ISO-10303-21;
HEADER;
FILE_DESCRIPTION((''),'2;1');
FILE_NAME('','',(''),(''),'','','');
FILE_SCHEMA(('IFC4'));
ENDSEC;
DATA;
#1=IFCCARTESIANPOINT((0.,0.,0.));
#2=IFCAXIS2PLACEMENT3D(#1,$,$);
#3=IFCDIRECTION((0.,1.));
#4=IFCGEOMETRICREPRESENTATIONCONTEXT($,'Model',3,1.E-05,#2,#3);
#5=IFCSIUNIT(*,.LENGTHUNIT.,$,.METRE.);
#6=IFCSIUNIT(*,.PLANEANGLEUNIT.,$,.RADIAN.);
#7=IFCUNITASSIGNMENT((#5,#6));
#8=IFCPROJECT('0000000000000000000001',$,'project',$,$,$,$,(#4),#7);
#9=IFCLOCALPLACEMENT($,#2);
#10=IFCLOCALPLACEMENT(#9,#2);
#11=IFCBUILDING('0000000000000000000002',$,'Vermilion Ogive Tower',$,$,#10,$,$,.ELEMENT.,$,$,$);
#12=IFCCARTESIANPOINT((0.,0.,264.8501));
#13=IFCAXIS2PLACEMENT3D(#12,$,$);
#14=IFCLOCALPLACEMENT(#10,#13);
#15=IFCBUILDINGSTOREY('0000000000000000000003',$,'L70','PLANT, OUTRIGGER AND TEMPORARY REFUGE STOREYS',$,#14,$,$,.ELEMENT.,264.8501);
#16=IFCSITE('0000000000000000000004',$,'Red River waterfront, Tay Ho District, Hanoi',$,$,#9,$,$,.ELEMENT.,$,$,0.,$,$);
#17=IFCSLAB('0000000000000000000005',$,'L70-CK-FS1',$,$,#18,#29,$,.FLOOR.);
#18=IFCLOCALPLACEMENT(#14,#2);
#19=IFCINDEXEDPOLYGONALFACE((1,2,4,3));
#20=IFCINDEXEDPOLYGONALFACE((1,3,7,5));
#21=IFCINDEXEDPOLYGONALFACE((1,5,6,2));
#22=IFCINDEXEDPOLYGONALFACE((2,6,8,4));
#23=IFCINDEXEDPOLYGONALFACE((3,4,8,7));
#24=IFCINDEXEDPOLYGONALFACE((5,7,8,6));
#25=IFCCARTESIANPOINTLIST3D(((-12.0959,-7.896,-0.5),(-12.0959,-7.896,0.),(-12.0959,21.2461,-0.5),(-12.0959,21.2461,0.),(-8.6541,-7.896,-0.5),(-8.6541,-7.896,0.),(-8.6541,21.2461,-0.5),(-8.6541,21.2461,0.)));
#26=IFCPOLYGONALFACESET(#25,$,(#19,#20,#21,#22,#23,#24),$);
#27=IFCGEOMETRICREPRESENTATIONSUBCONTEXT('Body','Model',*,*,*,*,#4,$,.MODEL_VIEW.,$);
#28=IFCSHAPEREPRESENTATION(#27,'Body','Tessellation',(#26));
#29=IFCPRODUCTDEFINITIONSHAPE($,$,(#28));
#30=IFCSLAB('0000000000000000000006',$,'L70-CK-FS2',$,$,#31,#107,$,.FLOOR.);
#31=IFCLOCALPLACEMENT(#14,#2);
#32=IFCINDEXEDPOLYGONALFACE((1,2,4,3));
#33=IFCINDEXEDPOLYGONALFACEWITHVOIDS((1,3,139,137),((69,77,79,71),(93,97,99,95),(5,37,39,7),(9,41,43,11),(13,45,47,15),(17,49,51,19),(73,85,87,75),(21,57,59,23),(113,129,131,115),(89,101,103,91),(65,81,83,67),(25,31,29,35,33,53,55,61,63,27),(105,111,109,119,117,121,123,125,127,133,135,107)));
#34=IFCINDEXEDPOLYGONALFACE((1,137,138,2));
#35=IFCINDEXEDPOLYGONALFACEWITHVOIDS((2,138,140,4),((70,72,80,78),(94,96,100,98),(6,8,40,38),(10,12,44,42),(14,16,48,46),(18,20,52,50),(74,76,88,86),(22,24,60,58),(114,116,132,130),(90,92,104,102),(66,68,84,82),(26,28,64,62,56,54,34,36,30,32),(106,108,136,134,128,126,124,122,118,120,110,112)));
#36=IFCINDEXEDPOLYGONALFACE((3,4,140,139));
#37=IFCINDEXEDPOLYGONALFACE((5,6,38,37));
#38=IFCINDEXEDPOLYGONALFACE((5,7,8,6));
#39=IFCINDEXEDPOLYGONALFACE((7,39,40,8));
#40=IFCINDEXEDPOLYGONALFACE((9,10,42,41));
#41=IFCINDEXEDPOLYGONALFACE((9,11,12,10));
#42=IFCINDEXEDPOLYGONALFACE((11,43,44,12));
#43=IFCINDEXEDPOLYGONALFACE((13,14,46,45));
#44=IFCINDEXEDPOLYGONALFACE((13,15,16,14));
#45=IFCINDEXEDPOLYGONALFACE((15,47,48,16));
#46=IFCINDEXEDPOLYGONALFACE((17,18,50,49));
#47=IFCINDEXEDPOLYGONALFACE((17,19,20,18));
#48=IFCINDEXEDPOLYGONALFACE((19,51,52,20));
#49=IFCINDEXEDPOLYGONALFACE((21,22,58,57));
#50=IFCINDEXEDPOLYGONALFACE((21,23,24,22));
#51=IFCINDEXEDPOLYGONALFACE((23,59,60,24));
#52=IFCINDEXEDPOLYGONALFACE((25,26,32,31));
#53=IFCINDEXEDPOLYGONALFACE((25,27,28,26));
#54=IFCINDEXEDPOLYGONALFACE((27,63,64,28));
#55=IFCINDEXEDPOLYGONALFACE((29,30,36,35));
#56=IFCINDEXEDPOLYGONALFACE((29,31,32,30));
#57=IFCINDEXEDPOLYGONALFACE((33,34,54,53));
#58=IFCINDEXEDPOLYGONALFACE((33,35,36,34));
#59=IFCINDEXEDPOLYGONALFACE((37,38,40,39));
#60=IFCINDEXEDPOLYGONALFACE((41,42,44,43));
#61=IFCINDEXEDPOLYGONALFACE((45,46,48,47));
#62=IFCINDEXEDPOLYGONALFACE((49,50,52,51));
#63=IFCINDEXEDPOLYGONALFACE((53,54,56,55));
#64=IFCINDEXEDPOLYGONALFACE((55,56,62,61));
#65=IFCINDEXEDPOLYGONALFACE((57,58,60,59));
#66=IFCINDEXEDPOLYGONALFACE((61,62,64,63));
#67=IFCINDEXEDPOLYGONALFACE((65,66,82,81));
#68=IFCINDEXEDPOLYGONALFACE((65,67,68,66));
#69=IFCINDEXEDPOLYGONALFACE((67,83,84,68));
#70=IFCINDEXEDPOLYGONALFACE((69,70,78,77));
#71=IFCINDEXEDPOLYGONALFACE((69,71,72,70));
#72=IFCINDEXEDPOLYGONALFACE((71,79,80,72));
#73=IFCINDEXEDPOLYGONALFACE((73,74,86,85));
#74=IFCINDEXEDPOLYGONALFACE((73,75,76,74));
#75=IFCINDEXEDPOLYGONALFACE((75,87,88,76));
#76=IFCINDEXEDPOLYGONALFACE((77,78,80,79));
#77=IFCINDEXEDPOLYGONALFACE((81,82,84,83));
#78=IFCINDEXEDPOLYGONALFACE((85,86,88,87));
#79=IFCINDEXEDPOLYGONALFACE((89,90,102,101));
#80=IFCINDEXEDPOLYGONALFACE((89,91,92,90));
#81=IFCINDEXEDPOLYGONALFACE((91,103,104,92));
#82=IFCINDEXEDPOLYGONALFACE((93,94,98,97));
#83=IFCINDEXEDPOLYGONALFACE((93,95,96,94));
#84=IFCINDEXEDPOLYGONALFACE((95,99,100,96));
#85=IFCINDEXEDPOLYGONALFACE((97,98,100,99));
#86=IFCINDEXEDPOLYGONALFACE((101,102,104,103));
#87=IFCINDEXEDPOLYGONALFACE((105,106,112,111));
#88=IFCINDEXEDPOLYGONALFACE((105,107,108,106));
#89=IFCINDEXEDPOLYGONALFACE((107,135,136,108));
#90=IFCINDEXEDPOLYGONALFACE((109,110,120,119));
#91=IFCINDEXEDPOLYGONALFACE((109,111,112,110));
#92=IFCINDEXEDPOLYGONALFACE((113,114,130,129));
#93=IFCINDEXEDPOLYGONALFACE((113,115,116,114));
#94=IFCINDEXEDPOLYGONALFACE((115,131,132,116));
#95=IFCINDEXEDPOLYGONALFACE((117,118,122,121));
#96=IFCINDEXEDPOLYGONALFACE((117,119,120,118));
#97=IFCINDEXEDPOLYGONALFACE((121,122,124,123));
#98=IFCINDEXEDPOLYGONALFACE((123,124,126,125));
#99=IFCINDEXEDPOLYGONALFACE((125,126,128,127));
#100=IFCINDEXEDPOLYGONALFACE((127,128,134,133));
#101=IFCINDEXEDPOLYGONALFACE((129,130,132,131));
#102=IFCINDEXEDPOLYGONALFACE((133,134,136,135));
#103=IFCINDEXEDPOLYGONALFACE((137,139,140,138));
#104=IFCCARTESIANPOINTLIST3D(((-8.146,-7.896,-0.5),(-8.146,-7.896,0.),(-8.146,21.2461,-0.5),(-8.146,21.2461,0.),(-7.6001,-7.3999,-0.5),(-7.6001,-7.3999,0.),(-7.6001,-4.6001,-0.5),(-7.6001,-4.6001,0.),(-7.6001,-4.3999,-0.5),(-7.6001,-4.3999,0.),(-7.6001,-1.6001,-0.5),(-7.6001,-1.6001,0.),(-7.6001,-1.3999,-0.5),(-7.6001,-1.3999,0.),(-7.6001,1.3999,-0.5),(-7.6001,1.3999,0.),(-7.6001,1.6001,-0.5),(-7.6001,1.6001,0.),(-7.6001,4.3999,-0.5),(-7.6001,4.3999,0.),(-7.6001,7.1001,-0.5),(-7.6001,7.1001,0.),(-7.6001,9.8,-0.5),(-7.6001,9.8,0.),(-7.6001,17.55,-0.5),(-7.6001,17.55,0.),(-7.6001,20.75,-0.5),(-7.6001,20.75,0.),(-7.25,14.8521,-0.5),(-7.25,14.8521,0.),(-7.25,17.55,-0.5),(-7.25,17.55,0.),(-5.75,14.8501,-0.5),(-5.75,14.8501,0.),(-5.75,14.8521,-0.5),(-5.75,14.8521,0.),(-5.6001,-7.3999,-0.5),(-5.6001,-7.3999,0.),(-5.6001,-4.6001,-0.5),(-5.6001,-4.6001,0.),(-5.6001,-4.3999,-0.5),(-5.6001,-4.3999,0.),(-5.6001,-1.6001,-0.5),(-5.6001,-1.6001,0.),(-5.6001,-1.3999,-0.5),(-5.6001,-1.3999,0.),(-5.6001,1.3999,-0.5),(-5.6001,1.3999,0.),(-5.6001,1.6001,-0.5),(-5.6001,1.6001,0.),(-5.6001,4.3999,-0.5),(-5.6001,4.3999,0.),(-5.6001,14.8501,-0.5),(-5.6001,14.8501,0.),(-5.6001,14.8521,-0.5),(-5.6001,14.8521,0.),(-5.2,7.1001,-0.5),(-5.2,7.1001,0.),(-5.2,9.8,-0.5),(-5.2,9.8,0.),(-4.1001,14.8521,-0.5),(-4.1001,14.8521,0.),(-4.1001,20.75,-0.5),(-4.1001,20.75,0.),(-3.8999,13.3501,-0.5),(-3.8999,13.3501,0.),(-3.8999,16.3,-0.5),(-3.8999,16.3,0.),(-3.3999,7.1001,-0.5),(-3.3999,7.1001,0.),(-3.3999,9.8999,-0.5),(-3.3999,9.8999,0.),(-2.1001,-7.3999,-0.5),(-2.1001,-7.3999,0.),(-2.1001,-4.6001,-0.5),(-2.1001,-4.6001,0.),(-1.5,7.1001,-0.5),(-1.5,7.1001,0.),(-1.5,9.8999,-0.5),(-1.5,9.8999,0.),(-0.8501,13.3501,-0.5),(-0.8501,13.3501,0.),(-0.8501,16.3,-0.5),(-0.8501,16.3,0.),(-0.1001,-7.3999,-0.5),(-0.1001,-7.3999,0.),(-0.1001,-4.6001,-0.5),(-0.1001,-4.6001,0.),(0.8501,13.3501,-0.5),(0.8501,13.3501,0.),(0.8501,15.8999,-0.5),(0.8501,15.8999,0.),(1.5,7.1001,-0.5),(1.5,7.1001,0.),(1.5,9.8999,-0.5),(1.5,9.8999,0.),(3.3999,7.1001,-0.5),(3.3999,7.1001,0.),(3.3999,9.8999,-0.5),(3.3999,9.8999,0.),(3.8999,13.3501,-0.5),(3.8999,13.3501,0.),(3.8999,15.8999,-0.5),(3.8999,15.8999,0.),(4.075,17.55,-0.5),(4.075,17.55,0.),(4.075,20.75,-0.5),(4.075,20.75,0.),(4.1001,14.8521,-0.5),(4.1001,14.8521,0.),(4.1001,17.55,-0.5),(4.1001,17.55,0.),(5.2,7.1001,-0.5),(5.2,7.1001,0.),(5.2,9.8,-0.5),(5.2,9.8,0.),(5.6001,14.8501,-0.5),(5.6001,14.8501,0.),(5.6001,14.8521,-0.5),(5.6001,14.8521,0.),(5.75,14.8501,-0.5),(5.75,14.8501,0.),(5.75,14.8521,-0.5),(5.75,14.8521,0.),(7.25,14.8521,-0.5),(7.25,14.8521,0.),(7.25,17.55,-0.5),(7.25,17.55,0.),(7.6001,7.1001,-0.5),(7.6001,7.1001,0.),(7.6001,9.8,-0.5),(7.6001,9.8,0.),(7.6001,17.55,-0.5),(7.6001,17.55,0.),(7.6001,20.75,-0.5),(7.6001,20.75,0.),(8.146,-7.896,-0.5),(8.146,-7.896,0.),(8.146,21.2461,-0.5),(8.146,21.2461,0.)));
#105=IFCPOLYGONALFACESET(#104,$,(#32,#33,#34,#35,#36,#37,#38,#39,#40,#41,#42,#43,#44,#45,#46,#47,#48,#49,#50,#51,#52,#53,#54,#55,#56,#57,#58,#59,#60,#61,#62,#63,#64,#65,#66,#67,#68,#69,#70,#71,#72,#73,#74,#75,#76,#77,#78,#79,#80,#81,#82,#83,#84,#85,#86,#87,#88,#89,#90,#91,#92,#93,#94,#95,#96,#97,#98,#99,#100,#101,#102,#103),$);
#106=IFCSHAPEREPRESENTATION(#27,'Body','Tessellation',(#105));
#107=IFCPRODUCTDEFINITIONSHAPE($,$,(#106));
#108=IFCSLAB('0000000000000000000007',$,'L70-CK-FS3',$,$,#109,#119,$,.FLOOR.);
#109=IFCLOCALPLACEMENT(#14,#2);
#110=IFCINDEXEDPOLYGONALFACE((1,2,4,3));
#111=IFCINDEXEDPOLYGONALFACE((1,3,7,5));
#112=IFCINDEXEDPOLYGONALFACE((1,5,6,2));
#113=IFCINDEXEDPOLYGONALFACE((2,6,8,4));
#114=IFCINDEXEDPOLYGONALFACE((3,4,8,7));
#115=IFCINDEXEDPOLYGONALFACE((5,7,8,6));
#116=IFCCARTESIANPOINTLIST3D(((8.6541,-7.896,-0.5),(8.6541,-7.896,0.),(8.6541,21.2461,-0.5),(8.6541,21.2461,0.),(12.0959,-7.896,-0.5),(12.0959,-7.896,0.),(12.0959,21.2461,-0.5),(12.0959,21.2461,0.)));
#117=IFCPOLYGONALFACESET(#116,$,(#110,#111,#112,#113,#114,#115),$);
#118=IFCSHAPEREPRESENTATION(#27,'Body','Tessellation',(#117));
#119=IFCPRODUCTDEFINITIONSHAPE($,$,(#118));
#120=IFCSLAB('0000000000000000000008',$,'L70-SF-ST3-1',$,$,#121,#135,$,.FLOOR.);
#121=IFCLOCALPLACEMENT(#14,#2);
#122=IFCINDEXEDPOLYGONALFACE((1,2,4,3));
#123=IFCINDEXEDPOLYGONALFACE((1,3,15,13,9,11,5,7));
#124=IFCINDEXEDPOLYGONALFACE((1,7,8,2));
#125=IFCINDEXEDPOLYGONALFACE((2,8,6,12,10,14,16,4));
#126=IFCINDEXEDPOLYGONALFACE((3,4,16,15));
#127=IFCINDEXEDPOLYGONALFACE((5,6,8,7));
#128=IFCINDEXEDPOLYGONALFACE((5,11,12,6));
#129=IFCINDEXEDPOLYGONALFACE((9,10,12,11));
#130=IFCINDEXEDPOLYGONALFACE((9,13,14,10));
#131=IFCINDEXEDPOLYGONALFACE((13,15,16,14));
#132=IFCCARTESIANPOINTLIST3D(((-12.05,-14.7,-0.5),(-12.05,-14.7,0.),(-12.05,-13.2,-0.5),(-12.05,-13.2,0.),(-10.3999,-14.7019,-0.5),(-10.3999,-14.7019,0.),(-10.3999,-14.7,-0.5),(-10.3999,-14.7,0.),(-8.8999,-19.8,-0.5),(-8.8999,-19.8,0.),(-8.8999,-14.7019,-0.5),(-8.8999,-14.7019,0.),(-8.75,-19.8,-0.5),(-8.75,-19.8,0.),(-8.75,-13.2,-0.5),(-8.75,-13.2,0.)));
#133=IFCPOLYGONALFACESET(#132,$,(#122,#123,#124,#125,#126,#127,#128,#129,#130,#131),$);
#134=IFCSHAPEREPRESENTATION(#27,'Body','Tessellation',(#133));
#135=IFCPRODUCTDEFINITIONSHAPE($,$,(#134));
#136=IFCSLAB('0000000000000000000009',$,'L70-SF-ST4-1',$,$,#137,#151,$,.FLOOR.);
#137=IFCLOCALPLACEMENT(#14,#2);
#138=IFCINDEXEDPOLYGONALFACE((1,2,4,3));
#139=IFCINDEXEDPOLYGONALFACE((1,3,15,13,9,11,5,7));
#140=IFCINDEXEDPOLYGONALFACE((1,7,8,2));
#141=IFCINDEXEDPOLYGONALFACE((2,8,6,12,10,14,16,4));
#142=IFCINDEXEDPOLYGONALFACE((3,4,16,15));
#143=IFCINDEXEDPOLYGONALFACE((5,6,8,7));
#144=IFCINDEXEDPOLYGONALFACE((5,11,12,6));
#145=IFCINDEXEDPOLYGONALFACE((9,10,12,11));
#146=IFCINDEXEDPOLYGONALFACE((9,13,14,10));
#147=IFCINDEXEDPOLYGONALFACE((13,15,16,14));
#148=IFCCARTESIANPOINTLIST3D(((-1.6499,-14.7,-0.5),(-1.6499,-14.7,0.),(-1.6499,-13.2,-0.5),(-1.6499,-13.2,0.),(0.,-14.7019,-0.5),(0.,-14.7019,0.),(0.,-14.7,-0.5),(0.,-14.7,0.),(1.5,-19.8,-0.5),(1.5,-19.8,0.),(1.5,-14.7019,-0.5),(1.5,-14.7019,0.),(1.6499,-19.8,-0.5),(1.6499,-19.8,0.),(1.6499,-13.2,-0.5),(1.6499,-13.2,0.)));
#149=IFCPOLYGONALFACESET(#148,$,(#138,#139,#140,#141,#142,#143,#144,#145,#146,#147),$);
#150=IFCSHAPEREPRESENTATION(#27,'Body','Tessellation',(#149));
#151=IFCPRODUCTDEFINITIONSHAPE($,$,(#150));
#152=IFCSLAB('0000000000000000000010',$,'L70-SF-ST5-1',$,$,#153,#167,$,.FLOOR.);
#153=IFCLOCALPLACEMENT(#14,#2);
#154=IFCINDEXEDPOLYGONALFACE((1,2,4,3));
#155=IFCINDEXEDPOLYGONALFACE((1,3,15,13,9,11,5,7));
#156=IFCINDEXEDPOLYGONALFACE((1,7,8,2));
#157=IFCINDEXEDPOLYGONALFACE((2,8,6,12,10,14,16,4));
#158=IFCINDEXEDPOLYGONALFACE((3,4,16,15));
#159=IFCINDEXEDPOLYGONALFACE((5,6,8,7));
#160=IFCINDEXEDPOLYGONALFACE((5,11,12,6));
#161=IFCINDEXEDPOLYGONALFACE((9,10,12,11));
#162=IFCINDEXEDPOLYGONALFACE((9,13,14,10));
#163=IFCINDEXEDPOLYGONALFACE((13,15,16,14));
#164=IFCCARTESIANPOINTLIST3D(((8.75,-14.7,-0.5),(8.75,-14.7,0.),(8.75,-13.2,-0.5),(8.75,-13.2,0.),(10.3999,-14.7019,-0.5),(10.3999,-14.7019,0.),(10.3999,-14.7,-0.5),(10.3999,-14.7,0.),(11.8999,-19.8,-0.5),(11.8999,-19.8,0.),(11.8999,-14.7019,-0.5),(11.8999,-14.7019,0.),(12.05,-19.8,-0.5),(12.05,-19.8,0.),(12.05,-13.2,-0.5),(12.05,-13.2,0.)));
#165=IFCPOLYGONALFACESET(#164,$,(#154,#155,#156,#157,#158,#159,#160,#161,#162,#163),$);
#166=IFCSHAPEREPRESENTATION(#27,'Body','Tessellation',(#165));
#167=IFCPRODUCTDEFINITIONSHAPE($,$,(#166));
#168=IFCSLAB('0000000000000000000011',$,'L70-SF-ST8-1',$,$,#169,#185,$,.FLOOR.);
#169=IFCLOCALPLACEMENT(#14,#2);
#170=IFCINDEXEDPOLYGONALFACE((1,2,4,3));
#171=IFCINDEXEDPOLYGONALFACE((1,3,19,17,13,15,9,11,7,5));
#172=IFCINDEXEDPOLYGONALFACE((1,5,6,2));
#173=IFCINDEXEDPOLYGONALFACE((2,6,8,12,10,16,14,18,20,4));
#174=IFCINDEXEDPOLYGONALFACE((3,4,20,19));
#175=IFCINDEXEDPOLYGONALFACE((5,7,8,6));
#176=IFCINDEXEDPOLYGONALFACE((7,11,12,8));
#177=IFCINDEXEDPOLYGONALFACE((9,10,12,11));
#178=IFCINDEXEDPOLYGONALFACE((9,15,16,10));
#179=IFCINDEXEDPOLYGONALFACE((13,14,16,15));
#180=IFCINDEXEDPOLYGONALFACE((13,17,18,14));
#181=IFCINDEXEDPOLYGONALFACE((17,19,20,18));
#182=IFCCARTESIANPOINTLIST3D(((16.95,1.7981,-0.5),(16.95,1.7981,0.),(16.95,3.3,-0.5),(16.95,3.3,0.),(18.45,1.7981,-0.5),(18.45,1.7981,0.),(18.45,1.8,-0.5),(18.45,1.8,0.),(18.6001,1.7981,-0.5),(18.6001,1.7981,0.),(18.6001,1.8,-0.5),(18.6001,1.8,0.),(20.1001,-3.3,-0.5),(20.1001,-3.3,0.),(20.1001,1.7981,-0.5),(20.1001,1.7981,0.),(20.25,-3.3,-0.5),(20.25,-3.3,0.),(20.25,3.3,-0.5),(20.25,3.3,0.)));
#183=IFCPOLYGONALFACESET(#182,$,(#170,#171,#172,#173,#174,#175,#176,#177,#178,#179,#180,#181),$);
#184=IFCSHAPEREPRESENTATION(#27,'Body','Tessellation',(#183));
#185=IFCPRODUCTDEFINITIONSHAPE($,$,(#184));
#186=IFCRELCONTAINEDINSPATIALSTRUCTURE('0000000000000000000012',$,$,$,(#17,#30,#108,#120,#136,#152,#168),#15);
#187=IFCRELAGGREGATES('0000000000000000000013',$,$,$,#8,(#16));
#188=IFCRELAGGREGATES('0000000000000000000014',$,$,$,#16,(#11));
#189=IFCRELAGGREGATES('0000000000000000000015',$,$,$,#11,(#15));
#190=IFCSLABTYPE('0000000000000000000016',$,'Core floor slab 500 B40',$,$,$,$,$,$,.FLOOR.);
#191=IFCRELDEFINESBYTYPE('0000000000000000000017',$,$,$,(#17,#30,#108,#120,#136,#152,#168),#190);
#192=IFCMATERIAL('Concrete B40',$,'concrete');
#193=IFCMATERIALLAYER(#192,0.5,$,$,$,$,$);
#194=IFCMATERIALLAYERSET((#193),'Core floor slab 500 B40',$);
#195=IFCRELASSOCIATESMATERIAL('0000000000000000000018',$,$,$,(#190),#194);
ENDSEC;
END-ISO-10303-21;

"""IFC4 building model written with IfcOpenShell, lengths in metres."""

from ifc_helpers import new_model, si_unit, direction, frame, origin, place, context, subcontext, project, spatial, polyline, outline, extrude, material, layer, layer_set, type_object, element, save


model = new_model("IFC4")

# Units and contexts
model_context = context("Model", 3, precision=1e-05, world=origin(), true_north=direction((0.0, 1.0)))
body_context = subcontext(model_context, "Body", "Model", "MODEL_VIEW")
ifc_project = project(units=[si_unit("LENGTHUNIT", "METRE"), si_unit("PLANEANGLEUNIT", "RADIAN")], contexts=[model_context])

# Site, building, storey
site_placement = place(None, origin())
site = spatial("IfcSite", under=ifc_project, at=site_placement, Name="Red River waterfront, Tay Ho District, Hanoi", CompositionType="ELEMENT", RefElevation=0.0)
building_placement = place(site_placement, origin())
building = spatial("IfcBuilding", under=site, at=building_placement, Name="Vermilion Ogive Tower", CompositionType="ELEMENT")
storey_placement = place(building_placement, frame((0.0, 0.0, 264.8501)))
storey = spatial("IfcBuildingStorey", under=building, at=storey_placement, Name="L70", Description="PLANT, OUTRIGGER AND TEMPORARY REFUGE STOREYS", CompositionType="ELEMENT", Elevation=264.8501)

# Slabs
ifc_material_1 = material(Name="Concrete B40", Category="concrete")
ifc_layer_1 = layer(ifc_material_1, 0.5)
ifc_layer_set_1 = layer_set([ifc_layer_1], Name="Core floor slab 500 B40")
slab_type_1 = type_object("IfcSlabType", Name="Core floor slab 500 B40", PredefinedType="FLOOR", material=ifc_layer_set_1)
slab_1_placement = place(storey_placement, frame((0.0, 0.0, -0.5)))
element("IfcSlab", 1, at=slab_1_placement, inside=storey, type_object=slab_type_1, Name="L70-CK-FS1", PredefinedType="FLOOR", context=body_context, shape_type="SweptSolid", body=[
    extrude(outline(polyline([(-8.6541, 21.2461), (-8.6541, -7.896), (-12.0959, -7.896), (-12.0959, 21.2461), (-8.6541, 21.2461)])), origin(), (0.0, 0.0, 1.0), 0.5),
])
slab_2_placement = place(storey_placement, frame((0.0, 0.0, -0.5)))
element("IfcSlab", 2, at=slab_2_placement, inside=storey, type_object=slab_type_1, Name="L70-CK-FS2", PredefinedType="FLOOR", context=body_context, shape_type="SweptSolid", body=[
    extrude(outline(polyline([(-8.146, -7.896), (8.146, -7.896), (8.146, 21.2461), (-8.146, 21.2461), (-8.146, -7.896)]), holes=[polyline([(-7.6001, -7.3999), (-7.6001, -4.6001), (-5.6001, -4.6001), (-5.6001, -7.3999), (-7.6001, -7.3999)]), polyline([(-7.6001, -4.3999), (-7.6001, -1.6001), (-5.6001, -1.6001), (-5.6001, -4.3999), (-7.6001, -4.3999)]), polyline([(-7.6001, -1.3999), (-7.6001, 1.3999), (-5.6001, 1.3999), (-5.6001, -1.3999), (-7.6001, -1.3999)]), polyline([(-7.6001, 1.6001), (-7.6001, 4.3999), (-5.6001, 4.3999), (-5.6001, 1.6001), (-7.6001, 1.6001)]), polyline([(-7.6001, 7.1001), (-7.6001, 9.8), (-5.2, 9.8), (-5.2, 7.1001), (-7.6001, 7.1001)]), polyline([(-3.3999, 9.8999), (-1.5, 9.8999), (-1.5, 7.1001), (-3.3999, 7.1001), (-3.3999, 9.8999)]), polyline([(-7.6001, 17.55), (-7.6001, 20.75), (-4.1001, 20.75), (-4.1001, 14.8521), (-5.6001, 14.8521), (-5.6001, 14.8501), (-5.75, 14.8501), (-5.75, 14.8521), (-7.25, 14.8521), (-7.25, 17.55), (-7.6001, 17.55)]), polyline([(-2.1001, -7.3999), (-2.1001, -4.6001), (-0.1001, -4.6001), (-0.1001, -7.3999), (-2.1001, -7.3999)]), polyline([(5.2, 7.1001), (5.2, 9.8), (7.6001, 9.8), (7.6001, 7.1001), (5.2, 7.1001)]), polyline([(1.5, 7.1001), (1.5, 9.8999), (3.3999, 9.8999), (3.3999, 7.1001), (1.5, 7.1001)]), polyline([(0.8501, 13.3501), (0.8501, 15.8999), (3.8999, 15.8999), (3.8999, 13.3501), (0.8501, 13.3501)]), polyline([(-3.8999, 16.3), (-0.8501, 16.3), (-0.8501, 13.3501), (-3.8999, 13.3501), (-3.8999, 16.3)]), polyline([(5.75, 14.8501), (5.6001, 14.8501), (5.6001, 14.8521), (4.1001, 14.8521), (4.1001, 17.55), (4.075, 17.55), (4.075, 20.75), (7.6001, 20.75), (7.6001, 17.55), (7.25, 17.55), (7.25, 14.8521), (5.75, 14.8521), (5.75, 14.8501)])]), origin(), (0.0, 0.0, 1.0), 0.5),
])
slab_3_placement = place(storey_placement, frame((0.0, 0.0, -0.5)))
element("IfcSlab", 3, at=slab_3_placement, inside=storey, type_object=slab_type_1, Name="L70-CK-FS3", PredefinedType="FLOOR", context=body_context, shape_type="SweptSolid", body=[
    extrude(outline(polyline([(8.6541, 21.2461), (12.0959, 21.2461), (12.0959, -7.896), (8.6541, -7.896), (8.6541, 21.2461)])), origin(), (0.0, 0.0, 1.0), 0.5),
])
slab_4_placement = place(storey_placement, frame((0.0, 0.0, -0.5)))
element("IfcSlab", 4, at=slab_4_placement, inside=storey, type_object=slab_type_1, Name="L70-SF-ST3-1", PredefinedType="FLOOR", context=body_context, shape_type="SweptSolid", body=[
    extrude(outline(polyline([(-8.75, -13.2), (-12.05, -13.2), (-12.05, -14.7), (-10.3999, -14.7), (-10.3999, -14.7019), (-8.8999, -14.7019), (-8.8999, -19.8), (-8.75, -19.8), (-8.75, -13.2)])), origin(), (0.0, 0.0, 1.0), 0.5),
])
slab_5_placement = place(storey_placement, frame((0.0, 0.0, -0.5)))
element("IfcSlab", 5, at=slab_5_placement, inside=storey, type_object=slab_type_1, Name="L70-SF-ST4-1", PredefinedType="FLOOR", context=body_context, shape_type="SweptSolid", body=[
    extrude(outline(polyline([(1.6499, -13.2), (-1.6499, -13.2), (-1.6499, -14.7), (0.0, -14.7), (0.0, -14.7019), (1.5, -14.7019), (1.5, -19.8), (1.6499, -19.8), (1.6499, -13.2)])), origin(), (0.0, 0.0, 1.0), 0.5),
])
slab_6_placement = place(storey_placement, frame((0.0, 0.0, -0.5)))
element("IfcSlab", 6, at=slab_6_placement, inside=storey, type_object=slab_type_1, Name="L70-SF-ST5-1", PredefinedType="FLOOR", context=body_context, shape_type="SweptSolid", body=[
    extrude(outline(polyline([(12.05, -13.2), (8.75, -13.2), (8.75, -14.7), (10.3999, -14.7), (10.3999, -14.7019), (11.8999, -14.7019), (11.8999, -19.8), (12.05, -19.8), (12.05, -13.2)])), origin(), (0.0, 0.0, 1.0), 0.5),
])
slab_7_placement = place(storey_placement, frame((0.0, 0.0, -0.5)))
element("IfcSlab", 7, at=slab_7_placement, inside=storey, type_object=slab_type_1, Name="L70-SF-ST8-1", PredefinedType="FLOOR", context=body_context, shape_type="SweptSolid", body=[
    extrude(outline(polyline([(16.95, 3.3), (16.95, 1.7981), (18.45, 1.7981), (18.45, 1.8), (18.6001, 1.8), (18.6001, 1.7981), (20.1001, 1.7981), (20.1001, -3.3), (20.25, -3.3), (20.25, 3.3), (16.95, 3.3)])), origin(), (0.0, 0.0, 1.0), 0.5),
])

save(model, "model.ifc")
